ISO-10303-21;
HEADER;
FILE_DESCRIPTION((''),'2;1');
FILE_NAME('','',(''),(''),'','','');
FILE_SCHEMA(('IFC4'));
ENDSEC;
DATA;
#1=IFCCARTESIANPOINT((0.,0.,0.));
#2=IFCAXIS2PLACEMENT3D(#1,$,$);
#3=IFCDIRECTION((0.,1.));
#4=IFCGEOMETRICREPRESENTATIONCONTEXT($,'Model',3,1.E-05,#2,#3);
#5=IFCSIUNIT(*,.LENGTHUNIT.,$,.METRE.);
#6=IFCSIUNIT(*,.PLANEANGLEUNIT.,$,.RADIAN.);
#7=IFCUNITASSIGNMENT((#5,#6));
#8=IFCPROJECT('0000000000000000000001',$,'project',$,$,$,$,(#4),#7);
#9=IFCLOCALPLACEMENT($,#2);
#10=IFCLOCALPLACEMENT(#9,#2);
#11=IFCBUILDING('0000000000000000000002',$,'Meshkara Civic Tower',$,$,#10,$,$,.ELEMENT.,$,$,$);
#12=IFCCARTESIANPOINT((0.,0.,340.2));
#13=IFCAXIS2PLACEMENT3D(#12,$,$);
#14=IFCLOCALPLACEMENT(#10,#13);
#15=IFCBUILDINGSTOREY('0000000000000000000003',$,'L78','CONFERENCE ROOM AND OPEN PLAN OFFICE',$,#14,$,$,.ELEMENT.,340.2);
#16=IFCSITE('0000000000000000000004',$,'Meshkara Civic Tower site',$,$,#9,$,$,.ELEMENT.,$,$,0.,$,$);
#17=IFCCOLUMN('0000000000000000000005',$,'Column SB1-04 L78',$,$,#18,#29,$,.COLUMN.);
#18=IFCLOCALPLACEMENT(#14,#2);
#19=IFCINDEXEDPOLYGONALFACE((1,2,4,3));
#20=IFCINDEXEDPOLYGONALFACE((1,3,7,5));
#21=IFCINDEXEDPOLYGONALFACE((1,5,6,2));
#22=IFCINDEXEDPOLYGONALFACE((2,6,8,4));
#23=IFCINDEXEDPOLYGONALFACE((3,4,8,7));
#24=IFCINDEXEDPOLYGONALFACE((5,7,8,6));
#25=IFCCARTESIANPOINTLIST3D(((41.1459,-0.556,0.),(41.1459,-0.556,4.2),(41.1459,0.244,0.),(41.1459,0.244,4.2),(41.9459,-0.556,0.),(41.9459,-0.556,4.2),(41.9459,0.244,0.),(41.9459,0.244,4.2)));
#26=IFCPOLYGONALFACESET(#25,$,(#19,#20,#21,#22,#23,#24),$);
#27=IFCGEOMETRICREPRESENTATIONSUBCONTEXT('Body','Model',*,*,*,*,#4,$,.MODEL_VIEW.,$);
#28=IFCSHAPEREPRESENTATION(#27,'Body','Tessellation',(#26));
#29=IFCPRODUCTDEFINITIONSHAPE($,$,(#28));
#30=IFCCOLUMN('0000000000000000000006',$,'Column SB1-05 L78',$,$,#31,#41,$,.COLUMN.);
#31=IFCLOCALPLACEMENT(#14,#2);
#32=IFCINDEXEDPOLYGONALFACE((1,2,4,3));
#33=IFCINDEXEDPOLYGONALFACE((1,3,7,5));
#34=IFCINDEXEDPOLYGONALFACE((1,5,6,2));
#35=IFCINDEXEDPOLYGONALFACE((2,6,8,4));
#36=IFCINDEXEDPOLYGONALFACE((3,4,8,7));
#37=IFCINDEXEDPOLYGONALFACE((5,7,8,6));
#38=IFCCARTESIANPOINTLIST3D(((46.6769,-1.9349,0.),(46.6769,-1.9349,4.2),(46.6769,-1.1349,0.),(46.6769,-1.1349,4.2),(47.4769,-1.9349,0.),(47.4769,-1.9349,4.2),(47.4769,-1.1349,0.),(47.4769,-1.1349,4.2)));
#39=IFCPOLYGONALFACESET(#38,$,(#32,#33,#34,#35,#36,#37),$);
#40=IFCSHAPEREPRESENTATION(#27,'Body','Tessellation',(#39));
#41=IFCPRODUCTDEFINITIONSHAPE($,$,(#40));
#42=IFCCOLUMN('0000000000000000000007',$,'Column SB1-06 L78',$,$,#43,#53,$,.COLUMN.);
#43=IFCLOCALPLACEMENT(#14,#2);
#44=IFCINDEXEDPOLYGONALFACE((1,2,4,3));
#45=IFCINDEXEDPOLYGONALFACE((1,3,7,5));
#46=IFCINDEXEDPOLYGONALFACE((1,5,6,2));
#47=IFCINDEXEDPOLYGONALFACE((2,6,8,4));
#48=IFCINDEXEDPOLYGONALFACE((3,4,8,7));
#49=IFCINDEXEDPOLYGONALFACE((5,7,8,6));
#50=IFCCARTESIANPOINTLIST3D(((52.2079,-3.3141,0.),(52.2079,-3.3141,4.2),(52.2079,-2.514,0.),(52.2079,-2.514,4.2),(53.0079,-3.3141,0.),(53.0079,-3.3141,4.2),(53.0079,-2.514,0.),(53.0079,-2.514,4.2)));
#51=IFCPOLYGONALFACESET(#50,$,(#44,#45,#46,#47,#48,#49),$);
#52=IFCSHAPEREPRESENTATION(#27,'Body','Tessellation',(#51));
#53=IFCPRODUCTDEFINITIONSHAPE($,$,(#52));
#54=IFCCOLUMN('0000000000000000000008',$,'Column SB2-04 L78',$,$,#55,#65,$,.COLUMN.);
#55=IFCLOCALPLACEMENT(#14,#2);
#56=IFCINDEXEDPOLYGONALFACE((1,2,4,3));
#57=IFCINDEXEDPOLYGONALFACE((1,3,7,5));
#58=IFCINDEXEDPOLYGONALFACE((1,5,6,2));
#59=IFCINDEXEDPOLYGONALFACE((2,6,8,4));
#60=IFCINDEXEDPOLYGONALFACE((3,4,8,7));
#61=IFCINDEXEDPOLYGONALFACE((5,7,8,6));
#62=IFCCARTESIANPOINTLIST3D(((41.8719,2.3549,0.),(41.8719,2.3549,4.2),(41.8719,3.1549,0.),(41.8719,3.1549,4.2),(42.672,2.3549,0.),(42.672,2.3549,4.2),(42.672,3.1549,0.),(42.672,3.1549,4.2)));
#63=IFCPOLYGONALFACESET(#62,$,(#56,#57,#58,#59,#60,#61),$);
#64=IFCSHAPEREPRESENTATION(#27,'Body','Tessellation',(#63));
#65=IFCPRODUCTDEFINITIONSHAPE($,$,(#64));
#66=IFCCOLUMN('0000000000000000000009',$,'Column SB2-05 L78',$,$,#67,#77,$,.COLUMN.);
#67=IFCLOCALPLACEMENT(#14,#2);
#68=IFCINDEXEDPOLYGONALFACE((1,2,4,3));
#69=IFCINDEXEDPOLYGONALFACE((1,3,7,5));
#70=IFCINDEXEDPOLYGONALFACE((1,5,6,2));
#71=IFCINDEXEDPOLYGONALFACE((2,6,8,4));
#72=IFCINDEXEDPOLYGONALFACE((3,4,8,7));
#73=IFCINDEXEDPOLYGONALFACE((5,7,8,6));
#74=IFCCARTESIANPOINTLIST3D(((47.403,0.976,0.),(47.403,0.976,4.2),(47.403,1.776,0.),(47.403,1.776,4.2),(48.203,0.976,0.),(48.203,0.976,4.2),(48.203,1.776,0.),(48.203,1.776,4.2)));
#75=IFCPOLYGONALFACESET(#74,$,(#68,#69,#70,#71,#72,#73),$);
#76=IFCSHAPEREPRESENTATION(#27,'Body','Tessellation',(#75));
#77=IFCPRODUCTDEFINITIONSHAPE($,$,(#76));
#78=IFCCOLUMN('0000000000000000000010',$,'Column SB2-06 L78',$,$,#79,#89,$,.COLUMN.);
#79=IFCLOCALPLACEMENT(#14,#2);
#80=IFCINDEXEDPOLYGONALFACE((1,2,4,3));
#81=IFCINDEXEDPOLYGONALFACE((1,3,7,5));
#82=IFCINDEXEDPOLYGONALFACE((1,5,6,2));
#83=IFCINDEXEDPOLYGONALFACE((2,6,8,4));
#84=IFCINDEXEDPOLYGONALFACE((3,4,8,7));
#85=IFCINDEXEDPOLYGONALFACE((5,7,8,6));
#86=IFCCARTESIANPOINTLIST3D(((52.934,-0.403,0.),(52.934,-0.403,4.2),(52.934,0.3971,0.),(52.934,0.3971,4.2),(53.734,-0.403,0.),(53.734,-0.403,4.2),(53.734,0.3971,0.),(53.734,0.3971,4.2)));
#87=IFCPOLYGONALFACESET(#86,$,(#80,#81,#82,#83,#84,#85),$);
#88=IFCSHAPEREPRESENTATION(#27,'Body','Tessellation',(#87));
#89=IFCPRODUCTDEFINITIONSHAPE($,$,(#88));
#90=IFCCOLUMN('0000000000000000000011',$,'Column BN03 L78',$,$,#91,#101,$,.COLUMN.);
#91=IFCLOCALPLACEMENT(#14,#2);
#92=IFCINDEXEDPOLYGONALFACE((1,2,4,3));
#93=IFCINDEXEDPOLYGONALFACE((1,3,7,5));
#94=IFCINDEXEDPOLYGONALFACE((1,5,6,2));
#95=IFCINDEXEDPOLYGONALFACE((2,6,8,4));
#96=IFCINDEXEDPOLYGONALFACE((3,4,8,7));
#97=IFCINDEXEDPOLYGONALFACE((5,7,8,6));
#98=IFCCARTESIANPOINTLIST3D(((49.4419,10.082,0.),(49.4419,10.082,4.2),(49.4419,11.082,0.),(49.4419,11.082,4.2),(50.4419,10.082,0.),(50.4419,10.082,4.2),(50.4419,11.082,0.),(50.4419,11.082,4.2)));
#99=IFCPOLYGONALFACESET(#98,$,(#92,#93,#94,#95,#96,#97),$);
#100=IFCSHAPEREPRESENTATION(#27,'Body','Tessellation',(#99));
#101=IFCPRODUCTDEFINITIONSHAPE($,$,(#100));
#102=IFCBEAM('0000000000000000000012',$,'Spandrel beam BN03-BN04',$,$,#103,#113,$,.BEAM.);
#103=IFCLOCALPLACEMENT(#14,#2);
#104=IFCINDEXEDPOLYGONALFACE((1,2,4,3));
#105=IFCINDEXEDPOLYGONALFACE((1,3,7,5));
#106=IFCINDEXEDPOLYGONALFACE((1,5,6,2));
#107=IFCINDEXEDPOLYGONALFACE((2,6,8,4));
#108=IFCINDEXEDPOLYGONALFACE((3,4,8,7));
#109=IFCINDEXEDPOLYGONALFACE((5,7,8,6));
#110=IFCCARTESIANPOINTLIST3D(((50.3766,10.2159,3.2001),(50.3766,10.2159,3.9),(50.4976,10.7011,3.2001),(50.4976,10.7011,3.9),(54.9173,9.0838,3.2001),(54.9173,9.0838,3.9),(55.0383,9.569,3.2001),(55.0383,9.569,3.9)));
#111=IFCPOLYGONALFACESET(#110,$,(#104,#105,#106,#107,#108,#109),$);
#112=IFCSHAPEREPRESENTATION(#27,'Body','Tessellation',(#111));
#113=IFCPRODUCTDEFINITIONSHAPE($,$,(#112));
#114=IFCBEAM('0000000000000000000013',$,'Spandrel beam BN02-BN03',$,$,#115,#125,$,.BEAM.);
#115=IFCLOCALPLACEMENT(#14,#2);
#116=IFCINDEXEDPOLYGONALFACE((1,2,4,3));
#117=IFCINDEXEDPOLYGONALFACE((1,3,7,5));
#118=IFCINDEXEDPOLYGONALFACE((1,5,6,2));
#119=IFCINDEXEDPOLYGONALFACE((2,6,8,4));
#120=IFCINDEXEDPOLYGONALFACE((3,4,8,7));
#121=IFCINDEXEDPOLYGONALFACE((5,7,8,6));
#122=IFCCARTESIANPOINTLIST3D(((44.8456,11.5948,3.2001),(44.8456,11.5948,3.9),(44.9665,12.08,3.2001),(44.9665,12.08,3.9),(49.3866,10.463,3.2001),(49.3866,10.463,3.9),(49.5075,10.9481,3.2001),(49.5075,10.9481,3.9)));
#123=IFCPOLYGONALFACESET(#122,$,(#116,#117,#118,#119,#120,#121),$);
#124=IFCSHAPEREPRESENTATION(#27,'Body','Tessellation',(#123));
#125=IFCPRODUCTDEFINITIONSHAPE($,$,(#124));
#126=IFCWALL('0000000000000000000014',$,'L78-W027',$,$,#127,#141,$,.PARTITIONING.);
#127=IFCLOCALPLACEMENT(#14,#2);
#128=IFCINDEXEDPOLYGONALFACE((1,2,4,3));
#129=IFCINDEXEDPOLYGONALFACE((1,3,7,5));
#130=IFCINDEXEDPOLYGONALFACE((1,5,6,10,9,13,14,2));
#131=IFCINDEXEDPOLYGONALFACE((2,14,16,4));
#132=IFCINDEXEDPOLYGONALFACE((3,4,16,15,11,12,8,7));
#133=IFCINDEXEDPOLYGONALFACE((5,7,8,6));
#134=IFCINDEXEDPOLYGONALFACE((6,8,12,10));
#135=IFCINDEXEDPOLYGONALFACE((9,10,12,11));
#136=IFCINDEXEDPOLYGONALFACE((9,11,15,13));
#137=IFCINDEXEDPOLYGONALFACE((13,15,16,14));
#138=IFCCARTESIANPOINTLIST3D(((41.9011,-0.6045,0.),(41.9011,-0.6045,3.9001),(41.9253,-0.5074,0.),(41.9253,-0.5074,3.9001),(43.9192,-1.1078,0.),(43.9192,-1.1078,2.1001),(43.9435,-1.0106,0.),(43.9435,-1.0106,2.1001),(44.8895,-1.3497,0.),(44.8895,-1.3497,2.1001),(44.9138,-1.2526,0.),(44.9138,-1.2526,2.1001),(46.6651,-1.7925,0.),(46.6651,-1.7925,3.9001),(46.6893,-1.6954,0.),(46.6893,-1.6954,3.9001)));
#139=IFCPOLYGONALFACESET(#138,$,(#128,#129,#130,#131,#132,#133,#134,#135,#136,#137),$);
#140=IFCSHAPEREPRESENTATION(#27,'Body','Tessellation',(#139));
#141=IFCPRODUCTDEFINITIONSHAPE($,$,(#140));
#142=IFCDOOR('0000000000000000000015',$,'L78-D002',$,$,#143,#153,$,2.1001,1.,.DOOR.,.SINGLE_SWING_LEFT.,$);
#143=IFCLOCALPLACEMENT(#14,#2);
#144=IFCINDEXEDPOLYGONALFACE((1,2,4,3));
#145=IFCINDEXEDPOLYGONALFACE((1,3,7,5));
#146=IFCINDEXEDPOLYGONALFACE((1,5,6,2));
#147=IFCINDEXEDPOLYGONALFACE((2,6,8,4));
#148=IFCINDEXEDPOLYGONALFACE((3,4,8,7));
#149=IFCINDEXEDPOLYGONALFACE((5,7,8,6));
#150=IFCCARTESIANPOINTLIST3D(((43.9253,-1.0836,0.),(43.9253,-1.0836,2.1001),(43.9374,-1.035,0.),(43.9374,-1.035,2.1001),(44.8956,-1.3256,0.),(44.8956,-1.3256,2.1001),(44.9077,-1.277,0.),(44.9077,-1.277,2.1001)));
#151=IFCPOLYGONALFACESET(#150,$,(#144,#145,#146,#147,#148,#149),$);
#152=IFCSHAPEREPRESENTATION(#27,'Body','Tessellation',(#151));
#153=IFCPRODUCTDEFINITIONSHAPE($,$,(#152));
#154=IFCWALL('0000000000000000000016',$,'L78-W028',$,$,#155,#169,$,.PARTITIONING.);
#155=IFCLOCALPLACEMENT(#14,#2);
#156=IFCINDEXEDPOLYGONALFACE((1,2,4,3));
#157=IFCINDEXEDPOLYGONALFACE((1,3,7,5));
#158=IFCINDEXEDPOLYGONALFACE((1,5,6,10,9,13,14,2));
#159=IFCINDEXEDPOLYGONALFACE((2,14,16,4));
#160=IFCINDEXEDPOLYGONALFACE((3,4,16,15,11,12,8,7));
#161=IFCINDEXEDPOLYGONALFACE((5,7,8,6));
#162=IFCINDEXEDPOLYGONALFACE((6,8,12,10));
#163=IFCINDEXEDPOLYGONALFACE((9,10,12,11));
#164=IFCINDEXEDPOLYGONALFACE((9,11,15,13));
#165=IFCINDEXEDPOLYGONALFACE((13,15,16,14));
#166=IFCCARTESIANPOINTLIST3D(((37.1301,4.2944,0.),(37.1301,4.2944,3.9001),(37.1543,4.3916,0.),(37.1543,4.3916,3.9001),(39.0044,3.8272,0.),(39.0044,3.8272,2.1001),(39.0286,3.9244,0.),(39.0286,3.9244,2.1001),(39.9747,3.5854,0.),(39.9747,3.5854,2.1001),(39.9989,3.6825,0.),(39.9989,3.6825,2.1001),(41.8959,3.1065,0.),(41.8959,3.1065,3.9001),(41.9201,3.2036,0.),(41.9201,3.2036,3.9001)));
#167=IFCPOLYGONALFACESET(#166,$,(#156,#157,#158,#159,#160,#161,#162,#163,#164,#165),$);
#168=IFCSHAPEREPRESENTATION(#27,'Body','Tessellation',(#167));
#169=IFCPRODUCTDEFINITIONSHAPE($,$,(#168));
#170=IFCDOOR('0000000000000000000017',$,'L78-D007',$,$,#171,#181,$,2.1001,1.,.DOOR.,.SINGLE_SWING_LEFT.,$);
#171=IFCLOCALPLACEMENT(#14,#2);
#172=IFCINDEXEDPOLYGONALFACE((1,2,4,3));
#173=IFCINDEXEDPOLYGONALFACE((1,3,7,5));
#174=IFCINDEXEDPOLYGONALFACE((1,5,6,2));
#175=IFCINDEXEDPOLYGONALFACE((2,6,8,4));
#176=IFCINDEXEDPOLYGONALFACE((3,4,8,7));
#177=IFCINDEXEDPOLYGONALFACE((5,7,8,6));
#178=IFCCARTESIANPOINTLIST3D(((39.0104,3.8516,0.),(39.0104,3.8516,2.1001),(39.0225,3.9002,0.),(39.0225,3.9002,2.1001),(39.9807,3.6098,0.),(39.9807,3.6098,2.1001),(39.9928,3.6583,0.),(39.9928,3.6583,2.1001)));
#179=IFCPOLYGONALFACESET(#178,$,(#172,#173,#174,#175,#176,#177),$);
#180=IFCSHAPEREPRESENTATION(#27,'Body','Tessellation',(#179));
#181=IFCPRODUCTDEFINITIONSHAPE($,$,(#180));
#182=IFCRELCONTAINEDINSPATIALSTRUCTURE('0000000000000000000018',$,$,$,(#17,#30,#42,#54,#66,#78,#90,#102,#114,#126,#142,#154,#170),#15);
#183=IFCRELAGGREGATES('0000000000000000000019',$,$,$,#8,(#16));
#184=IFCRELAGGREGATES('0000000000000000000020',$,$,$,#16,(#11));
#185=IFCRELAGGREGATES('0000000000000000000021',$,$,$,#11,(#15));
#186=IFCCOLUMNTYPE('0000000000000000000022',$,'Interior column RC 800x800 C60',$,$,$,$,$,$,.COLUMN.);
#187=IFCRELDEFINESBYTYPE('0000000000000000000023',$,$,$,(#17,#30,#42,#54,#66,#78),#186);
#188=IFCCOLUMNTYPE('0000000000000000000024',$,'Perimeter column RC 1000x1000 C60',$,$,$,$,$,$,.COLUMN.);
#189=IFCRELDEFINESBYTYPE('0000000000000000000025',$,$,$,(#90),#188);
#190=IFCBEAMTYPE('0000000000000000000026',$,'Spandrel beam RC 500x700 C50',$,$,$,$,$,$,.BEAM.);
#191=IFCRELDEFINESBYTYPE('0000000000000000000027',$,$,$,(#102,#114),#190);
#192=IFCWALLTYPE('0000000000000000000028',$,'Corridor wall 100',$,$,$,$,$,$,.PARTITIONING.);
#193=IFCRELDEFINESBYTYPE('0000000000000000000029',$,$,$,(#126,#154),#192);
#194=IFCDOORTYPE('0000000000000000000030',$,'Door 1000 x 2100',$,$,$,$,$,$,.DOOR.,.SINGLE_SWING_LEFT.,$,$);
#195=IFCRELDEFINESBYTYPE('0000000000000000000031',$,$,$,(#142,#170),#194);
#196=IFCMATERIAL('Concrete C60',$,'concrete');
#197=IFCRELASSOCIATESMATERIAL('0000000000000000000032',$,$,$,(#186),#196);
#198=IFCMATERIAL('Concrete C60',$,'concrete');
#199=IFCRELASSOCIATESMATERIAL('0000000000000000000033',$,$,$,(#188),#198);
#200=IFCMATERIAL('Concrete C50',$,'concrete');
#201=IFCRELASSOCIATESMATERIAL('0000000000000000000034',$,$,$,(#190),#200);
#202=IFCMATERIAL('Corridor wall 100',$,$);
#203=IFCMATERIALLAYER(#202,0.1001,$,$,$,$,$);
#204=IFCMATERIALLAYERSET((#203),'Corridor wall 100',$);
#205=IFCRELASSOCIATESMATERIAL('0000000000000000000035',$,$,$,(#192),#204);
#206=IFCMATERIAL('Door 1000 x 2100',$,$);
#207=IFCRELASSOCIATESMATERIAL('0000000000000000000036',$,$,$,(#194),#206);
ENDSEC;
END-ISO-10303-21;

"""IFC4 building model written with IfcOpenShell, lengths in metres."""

from ifc_helpers import new_model, si_unit, direction, frame, frame_2d, origin, origin_2d, place, context, subcontext, project, spatial, rectangle, extrude, material, layer, layer_set, material_profile, profile_set, type_object, element, fill, save


model = new_model("IFC4")

# Units and contexts
model_context = context("Model", 3, precision=1e-05, world=origin(), true_north=direction((0.0, 1.0)))
body_context = subcontext(model_context, "Body", "Model", "MODEL_VIEW")
ifc_project = project(units=[si_unit("LENGTHUNIT", "METRE"), si_unit("PLANEANGLEUNIT", "RADIAN")], contexts=[model_context])

# Site, building, storey
site_placement = place(None, origin())
site = spatial("IfcSite", under=ifc_project, at=site_placement, Name="Meshkara Civic Tower site", CompositionType="ELEMENT", RefElevation=0.0)
building_placement = place(site_placement, origin())
building = spatial("IfcBuilding", under=site, at=building_placement, Name="Meshkara Civic Tower", CompositionType="ELEMENT")
storey_placement = place(building_placement, frame((0.0, 0.0, 340.2)))
storey = spatial("IfcBuildingStorey", under=building, at=storey_placement, Name="L78", Description="CONFERENCE ROOM AND OPEN PLAN OFFICE", CompositionType="ELEMENT", Elevation=340.2)

# Columns
ifc_material_1 = material(Name="Concrete C60", Category="concrete")
ifc_material_profile_1 = material_profile(ifc_material_1, rectangle(XDim=0.8, YDim=0.8, at=origin_2d()))
ifc_profile_set_1 = profile_set([ifc_material_profile_1], Name="Concrete C60")
column_type_1 = type_object("IfcColumnType", Name="Interior column RC 800x800 C60", PredefinedType="COLUMN", material=ifc_profile_set_1)
for number, where, z_axis, x_axis, name in (
    (1, (41.5459, -0.156, 0.0), (0.0, 0.0, 1.0), (1.0, 0.0, 0.0), "Column SB1-04 L78"),
    (2, (47.0769, -1.5349, 0.0), (0.0, 0.0, 1.0), (1.0, 0.0, 0.0), "Column SB1-05 L78"),
    (3, (52.6079, -2.9141, 0.0), (0.0, 0.0, 1.0), (1.0, 0.0, 0.0), "Column SB1-06 L78"),
    (4, (42.272, 2.7549, 0.0), (0.0, 0.0, 1.0), (1.0, 0.0, 0.0), "Column SB2-04 L78"),
    (5, (47.803, 1.376, 0.0), (0.0, 0.0, 1.0), (1.0, 0.0, 0.0), "Column SB2-05 L78"),
    (6, (53.334, -0.0029, 0.0), (0.0, 0.0, 1.0), (1.0, 0.0, 0.0), "Column SB2-06 L78"),
):
    element("IfcColumn", number, at=place(storey_placement, frame(where, z_axis=z_axis, x_axis=x_axis)), inside=storey, type_object=column_type_1, Name=name, PredefinedType="COLUMN", context=body_context, shape_type="SweptSolid", body=[
        extrude(rectangle(XDim=0.8, YDim=0.8, at=origin_2d()), origin(), (0.0, 0.0, 1.0), 4.2),
    ])
ifc_material_2 = material(Name="Concrete C60", Category="concrete")
ifc_material_profile_2 = material_profile(ifc_material_2, rectangle(XDim=1.0, YDim=1.0, at=origin_2d()))
ifc_profile_set_2 = profile_set([ifc_material_profile_2], Name="Concrete C60")
column_type_2 = type_object("IfcColumnType", Name="Perimeter column RC 1000x1000 C60", PredefinedType="COLUMN", material=ifc_profile_set_2)
column_placement = place(storey_placement, frame((49.9419, 10.582, 0.0), z_axis=(0.0, 0.0, 1.0), x_axis=(1.0, 0.0, 0.0)))
element("IfcColumn", 7, at=column_placement, inside=storey, type_object=column_type_2, Name="Column BN03 L78", PredefinedType="COLUMN", context=body_context, shape_type="SweptSolid", body=[
    extrude(rectangle(XDim=1.0, YDim=1.0, at=origin_2d()), origin(), (0.0, 0.0, 1.0), 4.2),
])

# Beams
ifc_material_3 = material(Name="Concrete C50", Category="concrete")
ifc_material_profile_3 = material_profile(ifc_material_3, rectangle(XDim=0.5, YDim=0.7, at=origin_2d()))
ifc_profile_set_3 = profile_set([ifc_material_profile_3], Name="Concrete C50")
beam_type = type_object("IfcBeamType", Name="Spandrel beam RC 500x700 C50", PredefinedType="BEAM", material=ifc_profile_set_3)
beam_1_placement = place(storey_placement, frame((54.9778, 9.3264, 3.55), z_axis=(-0.970299, 0.24191, 0.0), x_axis=(-0.24191, -0.970299, 0.0)))
element("IfcBeam", 8, at=beam_1_placement, inside=storey, type_object=beam_type, Name="Spandrel beam BN03-BN04", PredefinedType="BEAM", context=body_context, shape_type="SweptSolid", body=[
    extrude(rectangle(XDim=0.5, YDim=0.7, at=origin_2d()), origin(), (0.0, 0.0, 1.0), 4.6797),
])
beam_2_placement = place(storey_placement, frame((49.447, 10.7056, 3.55), z_axis=(-0.970314, 0.241848, 0.0), x_axis=(-0.241848, -0.970314, 0.0)))
element("IfcBeam", 9, at=beam_2_placement, inside=storey, type_object=beam_type, Name="Spandrel beam BN02-BN03", PredefinedType="BEAM", context=body_context, shape_type="SweptSolid", body=[
    extrude(rectangle(XDim=0.5, YDim=0.7, at=origin_2d()), origin(), (0.0, 0.0, 1.0), 4.6799),
])

# Walls, openings, doors
ifc_material_4 = material(Name="Corridor wall 100")
ifc_layer_1 = layer(ifc_material_4, 0.1001)
ifc_layer_set_1 = layer_set([ifc_layer_1], Name="Corridor wall 100")
wall_type_1 = type_object("IfcWallType", Name="Corridor wall 100", PredefinedType="PARTITIONING", material=ifc_layer_set_1)
wall_1_placement = place(storey_placement, frame((41.9131, -0.5559, 0.0), z_axis=(0.0, 0.0, 1.0), x_axis=(0.970286, -0.241962, 0.0)))
wall_1 = element("IfcWall", 10, at=wall_1_placement, inside=storey, type_object=wall_type_1, Name="L78-W027", PredefinedType="PARTITIONING", context=body_context, shape_type="SweptSolid", body=[
    extrude(rectangle(XDim=4.9099, YDim=0.1001, at=frame_2d((2.4551, 0.0))), origin(), (0.0, 0.0, 1.0), 3.9001),
])
opening_1_placement = place(wall_1_placement, frame((2.0801, 0.0, 0.0)))
opening_1 = element("IfcOpeningElement", 11, at=opening_1_placement, cuts=wall_1, PredefinedType="OPENING", context=body_context, shape_type="SweptSolid", body=[
    extrude(rectangle(XDim=1.0, YDim=2.1001, at=frame_2d((0.5, 1.05))), frame((0.0, 0.0601, 0.0), z_axis=(0.0, -1.0, 0.0), x_axis=(1.0, 0.0, 0.0)), (0.0, 0.0, 1.0), 0.1201),
])
ifc_material_5 = material(Name="Door 1000 x 2100")
door_type_1 = type_object("IfcDoorType", Name="Door 1000 x 2100", OperationType="SINGLE_SWING_LEFT", PredefinedType="DOOR", material=ifc_material_5)
door_1_placement = place(opening_1_placement, origin())
door_1 = element("IfcDoor", 12, at=door_1_placement, inside=storey, type_object=door_type_1, Name="L78-D002", OperationType="SINGLE_SWING_LEFT", OverallHeight=2.1001, OverallWidth=1.0, PredefinedType="DOOR", context=body_context, shape_type="SweptSolid", body=[
    extrude(rectangle(XDim=1.0, YDim=2.1001, at=frame_2d((0.5, 1.05))), frame((0.0, 0.0249, 0.0), z_axis=(0.0, -1.0, 0.0), x_axis=(1.0, 0.0, 0.0)), (0.0, 0.0, 1.0), 0.05),
])
fill(opening_1, door_1)
wall_2_placement = place(storey_placement, frame((41.908, 3.155, 0.0), z_axis=(0.0, 0.0, 1.0), x_axis=(-0.970309, 0.241869, 0.0)))
wall_2 = element("IfcWall", 13, at=wall_2_placement, inside=storey, type_object=wall_type_1, Name="L78-W028", PredefinedType="PARTITIONING", context=body_context, shape_type="SweptSolid", body=[
    extrude(rectangle(XDim=4.9116, YDim=0.1001, at=frame_2d((2.4558, 0.0))), origin(), (0.0, 0.0, 1.0), 3.9001),
])
opening_2_placement = place(wall_2_placement, frame((1.98, 0.0, 0.0)))
opening_2 = element("IfcOpeningElement", 14, at=opening_2_placement, cuts=wall_2, PredefinedType="OPENING", context=body_context, shape_type="SweptSolid", body=[
    extrude(rectangle(XDim=1.0, YDim=2.1001, at=frame_2d((0.5, 1.05))), frame((0.0, 0.0601, 0.0), z_axis=(0.0, -1.0, 0.0), x_axis=(1.0, 0.0, 0.0)), (0.0, 0.0, 1.0), 0.1201),
])
door_2_placement = place(opening_2_placement, origin())
door_2 = element("IfcDoor", 15, at=door_2_placement, inside=storey, type_object=door_type_1, Name="L78-D007", OperationType="SINGLE_SWING_LEFT", OverallHeight=2.1001, OverallWidth=1.0, PredefinedType="DOOR", context=body_context, shape_type="SweptSolid", body=[
    extrude(rectangle(XDim=1.0, YDim=2.1001, at=frame_2d((0.5, 1.05))), frame((0.0, 0.0249, 0.0), z_axis=(0.0, -1.0, 0.0), x_axis=(1.0, 0.0, 0.0)), (0.0, 0.0, 1.0), 0.05),
])
fill(opening_2, door_2)

save(model, "model.ifc")
